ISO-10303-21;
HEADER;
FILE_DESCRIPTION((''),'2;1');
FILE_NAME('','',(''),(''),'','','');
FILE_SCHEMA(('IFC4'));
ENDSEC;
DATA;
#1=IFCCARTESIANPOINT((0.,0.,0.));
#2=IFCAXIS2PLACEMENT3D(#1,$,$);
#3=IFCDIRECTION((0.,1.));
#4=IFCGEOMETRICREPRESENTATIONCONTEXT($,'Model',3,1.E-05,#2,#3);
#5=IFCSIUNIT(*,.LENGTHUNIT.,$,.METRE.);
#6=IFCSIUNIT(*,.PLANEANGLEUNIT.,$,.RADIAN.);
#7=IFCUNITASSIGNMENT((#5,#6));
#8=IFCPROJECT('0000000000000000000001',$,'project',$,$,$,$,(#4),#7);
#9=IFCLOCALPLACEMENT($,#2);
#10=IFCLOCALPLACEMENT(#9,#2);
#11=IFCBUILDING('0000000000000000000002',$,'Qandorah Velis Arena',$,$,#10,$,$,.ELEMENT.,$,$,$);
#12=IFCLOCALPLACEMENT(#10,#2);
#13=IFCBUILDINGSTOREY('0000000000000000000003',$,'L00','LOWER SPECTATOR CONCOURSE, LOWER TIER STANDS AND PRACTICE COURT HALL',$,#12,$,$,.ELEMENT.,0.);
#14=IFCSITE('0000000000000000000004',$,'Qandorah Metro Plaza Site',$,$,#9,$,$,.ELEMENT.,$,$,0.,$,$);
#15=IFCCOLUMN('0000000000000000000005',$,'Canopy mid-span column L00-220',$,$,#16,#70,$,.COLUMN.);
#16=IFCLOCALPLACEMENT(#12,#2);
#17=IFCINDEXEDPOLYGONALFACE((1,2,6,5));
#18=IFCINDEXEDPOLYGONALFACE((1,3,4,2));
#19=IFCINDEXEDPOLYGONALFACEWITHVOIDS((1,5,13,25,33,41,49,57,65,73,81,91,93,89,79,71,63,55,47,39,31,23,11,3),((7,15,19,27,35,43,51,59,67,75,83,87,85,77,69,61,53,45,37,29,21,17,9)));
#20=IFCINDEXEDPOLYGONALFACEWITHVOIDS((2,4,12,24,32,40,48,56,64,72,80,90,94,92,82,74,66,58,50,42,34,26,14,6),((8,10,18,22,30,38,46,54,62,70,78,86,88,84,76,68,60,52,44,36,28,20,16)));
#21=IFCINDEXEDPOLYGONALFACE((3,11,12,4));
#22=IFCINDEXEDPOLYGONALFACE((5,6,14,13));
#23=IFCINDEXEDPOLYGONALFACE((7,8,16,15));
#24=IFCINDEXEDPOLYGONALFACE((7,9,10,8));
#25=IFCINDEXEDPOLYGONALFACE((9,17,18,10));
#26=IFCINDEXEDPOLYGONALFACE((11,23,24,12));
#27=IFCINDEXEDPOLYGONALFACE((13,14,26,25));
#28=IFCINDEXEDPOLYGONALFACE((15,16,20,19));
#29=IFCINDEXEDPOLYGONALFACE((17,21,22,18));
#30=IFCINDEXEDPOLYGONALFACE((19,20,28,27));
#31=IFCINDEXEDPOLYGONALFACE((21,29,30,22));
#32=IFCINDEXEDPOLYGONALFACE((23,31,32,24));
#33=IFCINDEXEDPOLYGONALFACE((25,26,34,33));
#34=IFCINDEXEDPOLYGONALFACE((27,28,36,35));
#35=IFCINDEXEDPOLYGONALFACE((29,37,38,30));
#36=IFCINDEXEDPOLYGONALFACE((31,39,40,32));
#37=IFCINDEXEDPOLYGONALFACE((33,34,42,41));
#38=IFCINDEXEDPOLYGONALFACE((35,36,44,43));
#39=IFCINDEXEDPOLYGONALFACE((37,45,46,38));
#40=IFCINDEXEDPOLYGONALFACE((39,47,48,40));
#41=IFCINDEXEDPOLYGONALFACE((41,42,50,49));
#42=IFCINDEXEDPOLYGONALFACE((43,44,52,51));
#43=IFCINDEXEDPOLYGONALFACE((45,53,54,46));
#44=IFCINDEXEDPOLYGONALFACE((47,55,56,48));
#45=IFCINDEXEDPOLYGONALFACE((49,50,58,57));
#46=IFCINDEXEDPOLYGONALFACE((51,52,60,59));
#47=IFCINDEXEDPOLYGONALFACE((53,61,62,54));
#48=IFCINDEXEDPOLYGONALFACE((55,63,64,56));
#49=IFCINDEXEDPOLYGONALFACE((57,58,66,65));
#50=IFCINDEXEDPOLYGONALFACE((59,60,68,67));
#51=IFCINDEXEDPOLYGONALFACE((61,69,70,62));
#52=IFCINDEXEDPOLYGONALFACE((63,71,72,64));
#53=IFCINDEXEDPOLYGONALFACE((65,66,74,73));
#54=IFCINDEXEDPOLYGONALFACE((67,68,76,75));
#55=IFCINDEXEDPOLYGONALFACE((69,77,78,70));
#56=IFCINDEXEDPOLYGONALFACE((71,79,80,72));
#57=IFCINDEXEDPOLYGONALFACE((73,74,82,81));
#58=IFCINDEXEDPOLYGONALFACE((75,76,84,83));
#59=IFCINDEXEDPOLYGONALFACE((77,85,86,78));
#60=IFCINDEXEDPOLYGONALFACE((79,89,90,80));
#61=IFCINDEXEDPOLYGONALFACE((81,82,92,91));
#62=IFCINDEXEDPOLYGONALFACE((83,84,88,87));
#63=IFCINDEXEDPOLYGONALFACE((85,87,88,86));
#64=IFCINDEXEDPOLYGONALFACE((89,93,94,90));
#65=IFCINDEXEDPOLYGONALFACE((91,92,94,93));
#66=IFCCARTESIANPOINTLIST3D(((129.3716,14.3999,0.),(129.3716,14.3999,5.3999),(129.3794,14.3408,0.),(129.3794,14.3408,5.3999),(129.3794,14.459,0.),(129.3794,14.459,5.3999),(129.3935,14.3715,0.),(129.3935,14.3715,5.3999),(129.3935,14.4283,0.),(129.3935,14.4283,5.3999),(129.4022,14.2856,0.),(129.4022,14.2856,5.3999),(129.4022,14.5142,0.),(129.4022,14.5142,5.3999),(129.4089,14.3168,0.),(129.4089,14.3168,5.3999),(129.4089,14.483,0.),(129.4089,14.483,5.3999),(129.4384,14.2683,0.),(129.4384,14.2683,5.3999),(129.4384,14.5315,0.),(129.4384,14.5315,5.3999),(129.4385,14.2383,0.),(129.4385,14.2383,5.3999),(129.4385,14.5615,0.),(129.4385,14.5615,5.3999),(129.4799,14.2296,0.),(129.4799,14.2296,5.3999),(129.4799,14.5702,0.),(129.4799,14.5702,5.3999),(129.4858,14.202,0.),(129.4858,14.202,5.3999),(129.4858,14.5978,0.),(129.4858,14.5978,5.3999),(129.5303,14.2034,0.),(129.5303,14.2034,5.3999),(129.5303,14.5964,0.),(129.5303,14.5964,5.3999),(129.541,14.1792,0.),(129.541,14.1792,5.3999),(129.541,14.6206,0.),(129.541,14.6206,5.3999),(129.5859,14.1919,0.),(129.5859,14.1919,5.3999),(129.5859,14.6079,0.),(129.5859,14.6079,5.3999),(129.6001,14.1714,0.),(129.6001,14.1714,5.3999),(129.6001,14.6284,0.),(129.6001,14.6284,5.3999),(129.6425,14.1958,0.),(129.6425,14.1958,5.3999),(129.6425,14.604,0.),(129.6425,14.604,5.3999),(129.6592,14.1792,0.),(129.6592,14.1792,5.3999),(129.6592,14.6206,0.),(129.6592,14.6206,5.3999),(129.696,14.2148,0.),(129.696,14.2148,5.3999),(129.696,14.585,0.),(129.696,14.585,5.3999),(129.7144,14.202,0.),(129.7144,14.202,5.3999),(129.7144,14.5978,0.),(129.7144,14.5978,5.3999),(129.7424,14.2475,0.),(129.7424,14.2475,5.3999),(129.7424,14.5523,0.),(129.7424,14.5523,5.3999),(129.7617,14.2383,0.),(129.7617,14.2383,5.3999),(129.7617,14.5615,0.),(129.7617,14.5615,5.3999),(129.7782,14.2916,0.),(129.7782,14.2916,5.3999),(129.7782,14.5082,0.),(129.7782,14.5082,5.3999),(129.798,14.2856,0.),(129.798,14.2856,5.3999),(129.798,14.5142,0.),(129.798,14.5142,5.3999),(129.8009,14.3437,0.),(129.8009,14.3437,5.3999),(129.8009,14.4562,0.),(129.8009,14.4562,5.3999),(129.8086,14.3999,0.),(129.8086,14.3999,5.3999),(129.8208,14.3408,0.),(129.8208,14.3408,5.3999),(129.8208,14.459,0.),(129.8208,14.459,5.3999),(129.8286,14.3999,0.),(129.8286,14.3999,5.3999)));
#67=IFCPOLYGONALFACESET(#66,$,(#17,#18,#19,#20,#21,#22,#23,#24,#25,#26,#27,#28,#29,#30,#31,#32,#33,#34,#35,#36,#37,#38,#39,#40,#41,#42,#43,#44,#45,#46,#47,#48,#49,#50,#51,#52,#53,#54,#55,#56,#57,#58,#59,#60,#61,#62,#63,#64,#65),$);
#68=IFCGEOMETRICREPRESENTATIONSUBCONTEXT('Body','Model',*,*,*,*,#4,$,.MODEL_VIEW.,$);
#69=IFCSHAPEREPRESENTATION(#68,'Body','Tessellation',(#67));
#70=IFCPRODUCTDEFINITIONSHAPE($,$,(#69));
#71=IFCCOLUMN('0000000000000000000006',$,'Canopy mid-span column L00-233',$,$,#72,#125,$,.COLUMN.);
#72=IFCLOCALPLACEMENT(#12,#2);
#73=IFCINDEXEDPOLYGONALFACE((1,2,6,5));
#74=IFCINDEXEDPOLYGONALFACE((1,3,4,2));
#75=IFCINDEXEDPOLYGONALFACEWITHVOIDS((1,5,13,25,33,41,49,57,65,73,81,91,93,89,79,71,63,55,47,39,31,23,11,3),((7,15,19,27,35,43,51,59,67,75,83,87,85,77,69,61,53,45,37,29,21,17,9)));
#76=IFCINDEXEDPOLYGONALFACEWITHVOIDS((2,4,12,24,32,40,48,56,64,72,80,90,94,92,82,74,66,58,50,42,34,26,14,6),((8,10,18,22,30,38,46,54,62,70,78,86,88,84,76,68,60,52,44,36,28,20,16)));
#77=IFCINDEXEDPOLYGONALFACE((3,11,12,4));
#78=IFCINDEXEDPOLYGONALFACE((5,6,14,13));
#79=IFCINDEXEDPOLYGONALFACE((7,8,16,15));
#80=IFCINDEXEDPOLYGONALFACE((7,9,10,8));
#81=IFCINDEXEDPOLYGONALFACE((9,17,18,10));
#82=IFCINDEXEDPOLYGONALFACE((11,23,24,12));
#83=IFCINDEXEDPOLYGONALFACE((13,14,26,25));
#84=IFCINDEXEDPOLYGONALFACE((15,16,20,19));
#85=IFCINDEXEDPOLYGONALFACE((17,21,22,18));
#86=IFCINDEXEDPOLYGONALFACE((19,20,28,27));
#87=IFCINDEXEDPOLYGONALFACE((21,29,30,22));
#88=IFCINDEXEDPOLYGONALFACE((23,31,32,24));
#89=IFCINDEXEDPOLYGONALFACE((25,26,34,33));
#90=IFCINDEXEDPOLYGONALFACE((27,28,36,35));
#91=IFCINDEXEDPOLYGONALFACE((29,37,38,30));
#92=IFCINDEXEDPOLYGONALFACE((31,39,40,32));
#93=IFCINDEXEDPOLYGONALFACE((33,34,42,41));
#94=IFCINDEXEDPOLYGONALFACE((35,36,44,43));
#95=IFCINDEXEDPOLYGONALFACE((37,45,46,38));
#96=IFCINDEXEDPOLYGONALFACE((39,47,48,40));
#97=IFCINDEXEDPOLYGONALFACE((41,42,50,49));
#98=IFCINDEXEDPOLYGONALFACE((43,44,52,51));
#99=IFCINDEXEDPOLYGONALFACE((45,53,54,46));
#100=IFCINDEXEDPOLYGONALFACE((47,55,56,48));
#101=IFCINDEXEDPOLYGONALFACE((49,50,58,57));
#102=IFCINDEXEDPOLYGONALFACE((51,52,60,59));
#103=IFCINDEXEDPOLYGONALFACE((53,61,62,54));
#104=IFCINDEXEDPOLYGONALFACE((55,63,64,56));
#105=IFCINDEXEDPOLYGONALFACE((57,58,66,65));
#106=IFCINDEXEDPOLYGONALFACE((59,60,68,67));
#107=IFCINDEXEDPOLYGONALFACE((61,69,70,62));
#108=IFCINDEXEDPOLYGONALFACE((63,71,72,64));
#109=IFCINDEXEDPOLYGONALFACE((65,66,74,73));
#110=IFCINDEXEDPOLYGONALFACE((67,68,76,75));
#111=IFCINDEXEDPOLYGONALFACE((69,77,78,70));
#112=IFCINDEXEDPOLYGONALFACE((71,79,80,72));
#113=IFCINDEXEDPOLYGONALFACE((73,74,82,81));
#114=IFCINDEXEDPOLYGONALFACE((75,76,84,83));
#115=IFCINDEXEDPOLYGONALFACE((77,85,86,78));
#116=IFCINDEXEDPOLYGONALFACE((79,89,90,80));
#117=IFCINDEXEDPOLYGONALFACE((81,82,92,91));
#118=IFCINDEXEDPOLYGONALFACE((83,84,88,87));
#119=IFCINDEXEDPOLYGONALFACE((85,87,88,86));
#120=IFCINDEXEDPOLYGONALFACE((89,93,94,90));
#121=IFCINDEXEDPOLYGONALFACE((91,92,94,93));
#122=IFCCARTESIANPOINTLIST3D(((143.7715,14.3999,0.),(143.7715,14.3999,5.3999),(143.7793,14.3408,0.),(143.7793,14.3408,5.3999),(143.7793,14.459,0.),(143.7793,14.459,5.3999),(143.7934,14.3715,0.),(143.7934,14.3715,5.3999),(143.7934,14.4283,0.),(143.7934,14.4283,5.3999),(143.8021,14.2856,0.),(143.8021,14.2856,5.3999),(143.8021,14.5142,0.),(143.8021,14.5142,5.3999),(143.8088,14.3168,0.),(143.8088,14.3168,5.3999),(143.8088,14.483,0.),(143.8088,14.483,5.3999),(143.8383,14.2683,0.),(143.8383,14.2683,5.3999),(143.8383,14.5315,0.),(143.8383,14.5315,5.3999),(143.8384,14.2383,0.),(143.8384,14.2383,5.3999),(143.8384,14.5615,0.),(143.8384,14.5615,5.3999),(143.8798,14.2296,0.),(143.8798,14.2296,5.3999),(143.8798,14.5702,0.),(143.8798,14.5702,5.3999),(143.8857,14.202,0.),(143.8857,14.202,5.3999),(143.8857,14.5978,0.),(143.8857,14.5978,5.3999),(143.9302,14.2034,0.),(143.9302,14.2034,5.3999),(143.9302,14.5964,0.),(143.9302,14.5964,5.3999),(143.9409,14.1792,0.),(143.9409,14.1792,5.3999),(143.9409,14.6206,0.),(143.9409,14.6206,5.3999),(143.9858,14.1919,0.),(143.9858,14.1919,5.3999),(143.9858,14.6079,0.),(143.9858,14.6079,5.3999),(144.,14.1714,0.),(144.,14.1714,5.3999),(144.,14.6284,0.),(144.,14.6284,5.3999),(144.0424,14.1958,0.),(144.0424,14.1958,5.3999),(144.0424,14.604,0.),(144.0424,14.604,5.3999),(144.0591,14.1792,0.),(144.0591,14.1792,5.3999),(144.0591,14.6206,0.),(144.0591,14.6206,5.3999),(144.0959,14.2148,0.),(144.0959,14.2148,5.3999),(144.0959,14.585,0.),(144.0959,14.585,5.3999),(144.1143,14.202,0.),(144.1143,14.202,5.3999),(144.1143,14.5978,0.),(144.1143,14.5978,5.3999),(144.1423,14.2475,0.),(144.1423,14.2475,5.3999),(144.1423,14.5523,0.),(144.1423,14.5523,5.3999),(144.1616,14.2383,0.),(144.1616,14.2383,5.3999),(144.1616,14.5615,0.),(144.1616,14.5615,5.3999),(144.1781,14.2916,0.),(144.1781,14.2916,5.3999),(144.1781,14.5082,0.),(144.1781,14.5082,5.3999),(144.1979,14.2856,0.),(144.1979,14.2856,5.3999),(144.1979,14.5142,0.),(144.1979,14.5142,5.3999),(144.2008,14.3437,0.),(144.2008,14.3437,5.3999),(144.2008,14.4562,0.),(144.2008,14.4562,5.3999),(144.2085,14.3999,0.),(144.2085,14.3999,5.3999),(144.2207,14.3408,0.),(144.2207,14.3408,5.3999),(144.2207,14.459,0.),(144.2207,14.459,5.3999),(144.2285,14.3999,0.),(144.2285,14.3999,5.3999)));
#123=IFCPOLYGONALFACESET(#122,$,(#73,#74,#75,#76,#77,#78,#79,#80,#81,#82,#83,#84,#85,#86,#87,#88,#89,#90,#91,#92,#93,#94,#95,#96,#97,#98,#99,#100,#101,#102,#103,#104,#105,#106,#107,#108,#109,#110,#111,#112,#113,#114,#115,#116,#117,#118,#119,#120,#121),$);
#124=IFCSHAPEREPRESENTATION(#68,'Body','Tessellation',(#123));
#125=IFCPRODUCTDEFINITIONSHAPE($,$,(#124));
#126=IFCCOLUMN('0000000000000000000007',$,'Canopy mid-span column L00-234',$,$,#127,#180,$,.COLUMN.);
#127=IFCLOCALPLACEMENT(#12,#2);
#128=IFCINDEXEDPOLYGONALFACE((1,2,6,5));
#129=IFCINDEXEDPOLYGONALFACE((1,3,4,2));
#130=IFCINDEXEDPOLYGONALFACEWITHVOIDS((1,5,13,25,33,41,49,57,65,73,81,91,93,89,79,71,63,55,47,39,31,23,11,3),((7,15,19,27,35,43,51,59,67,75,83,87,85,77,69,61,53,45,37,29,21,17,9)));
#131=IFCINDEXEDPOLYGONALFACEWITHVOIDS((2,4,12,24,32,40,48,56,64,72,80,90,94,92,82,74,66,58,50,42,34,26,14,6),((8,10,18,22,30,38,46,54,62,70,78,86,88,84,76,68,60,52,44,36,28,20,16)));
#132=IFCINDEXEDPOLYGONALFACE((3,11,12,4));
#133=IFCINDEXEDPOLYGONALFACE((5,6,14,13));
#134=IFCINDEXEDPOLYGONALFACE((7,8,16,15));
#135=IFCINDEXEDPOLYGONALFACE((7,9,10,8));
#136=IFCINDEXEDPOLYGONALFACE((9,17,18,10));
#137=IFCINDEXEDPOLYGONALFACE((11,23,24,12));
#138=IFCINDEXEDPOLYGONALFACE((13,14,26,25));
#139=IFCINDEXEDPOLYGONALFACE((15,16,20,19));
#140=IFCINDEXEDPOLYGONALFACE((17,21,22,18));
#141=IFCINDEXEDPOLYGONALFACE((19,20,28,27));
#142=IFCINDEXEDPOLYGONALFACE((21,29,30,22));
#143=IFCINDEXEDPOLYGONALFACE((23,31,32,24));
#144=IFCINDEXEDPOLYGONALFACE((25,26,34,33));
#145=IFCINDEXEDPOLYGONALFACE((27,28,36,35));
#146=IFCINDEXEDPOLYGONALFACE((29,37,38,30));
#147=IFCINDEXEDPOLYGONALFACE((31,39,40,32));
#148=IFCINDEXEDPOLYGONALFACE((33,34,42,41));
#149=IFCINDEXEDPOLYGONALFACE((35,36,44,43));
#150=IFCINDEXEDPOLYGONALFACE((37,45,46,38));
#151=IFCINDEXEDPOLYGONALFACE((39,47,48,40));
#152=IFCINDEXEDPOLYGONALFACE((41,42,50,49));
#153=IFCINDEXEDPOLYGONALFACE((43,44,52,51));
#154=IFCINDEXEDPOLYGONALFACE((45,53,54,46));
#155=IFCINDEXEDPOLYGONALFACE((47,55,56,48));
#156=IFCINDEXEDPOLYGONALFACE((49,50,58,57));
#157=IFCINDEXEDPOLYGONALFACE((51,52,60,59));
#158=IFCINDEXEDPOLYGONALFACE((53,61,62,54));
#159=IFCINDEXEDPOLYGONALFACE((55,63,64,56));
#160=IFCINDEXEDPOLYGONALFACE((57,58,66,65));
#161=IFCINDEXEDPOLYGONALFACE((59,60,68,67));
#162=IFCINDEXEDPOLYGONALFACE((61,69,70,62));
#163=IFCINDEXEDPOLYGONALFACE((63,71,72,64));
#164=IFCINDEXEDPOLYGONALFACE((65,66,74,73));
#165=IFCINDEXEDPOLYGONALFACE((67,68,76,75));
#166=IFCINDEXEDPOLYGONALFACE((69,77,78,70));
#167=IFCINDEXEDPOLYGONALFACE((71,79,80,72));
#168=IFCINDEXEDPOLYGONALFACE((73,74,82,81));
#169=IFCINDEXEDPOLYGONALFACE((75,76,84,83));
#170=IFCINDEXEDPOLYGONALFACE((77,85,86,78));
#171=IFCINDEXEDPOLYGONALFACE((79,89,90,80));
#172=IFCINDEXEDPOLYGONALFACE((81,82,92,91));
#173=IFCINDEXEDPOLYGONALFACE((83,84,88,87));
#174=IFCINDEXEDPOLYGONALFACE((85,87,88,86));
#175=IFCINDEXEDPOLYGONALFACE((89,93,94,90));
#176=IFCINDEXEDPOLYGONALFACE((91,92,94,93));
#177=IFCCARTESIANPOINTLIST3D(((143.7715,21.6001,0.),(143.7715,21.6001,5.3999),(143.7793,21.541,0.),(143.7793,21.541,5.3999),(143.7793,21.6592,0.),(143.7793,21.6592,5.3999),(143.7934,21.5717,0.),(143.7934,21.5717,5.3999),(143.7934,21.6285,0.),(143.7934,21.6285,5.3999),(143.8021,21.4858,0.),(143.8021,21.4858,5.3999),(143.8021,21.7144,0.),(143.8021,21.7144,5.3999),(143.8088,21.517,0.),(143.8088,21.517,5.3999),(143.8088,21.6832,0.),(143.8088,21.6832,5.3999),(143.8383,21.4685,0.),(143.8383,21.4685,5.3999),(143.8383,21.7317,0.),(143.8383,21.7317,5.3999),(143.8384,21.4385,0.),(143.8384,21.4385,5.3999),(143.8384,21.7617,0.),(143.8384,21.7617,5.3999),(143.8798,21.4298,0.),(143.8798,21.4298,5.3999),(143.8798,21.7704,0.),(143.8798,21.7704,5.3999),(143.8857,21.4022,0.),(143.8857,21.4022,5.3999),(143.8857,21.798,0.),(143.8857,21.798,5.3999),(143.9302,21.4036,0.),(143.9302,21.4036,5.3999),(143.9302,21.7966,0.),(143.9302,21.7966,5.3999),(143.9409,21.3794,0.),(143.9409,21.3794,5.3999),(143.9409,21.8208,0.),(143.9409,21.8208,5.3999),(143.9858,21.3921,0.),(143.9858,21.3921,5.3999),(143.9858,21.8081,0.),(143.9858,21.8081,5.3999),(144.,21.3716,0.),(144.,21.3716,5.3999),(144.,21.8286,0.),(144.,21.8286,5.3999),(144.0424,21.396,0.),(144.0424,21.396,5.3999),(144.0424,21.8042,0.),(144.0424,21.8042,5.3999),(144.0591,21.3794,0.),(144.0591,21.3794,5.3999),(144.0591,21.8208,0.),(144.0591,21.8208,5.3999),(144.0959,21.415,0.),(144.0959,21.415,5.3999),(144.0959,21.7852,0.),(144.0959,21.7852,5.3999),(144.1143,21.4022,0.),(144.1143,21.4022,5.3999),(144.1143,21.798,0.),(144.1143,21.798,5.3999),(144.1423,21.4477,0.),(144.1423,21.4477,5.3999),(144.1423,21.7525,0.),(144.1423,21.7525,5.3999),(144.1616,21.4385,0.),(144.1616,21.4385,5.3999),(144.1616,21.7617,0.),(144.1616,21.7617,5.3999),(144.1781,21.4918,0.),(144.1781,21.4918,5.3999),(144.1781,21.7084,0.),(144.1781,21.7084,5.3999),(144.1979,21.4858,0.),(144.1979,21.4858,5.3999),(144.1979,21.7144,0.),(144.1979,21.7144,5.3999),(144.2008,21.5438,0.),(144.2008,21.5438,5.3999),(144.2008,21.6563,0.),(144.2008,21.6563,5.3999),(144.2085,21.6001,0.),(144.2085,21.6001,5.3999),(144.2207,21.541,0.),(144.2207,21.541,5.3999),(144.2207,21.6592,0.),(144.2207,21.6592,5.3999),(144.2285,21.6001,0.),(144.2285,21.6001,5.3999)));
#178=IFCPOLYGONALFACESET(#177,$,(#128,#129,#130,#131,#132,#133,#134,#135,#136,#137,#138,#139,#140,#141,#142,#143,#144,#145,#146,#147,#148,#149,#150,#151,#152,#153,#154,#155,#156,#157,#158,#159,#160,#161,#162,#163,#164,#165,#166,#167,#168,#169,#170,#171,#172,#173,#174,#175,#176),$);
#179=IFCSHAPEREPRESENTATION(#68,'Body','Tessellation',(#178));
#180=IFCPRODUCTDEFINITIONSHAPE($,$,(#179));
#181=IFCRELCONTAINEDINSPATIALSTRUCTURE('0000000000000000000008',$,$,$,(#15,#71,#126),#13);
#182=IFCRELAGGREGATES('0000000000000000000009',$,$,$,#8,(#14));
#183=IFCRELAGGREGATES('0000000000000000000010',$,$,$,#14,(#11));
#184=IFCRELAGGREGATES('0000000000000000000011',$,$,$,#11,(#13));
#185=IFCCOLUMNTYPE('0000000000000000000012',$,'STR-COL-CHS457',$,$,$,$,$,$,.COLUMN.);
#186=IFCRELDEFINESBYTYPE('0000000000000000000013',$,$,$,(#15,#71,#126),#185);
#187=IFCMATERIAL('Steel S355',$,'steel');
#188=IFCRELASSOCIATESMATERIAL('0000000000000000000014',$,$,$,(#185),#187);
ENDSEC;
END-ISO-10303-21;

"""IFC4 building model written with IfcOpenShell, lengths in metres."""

from ifc_helpers import new_model, si_unit, direction, frame, origin, origin_2d, place, context, subcontext, project, spatial, hollow_circle, extrude, material, material_profile, profile_set, type_object, element, save


model = new_model("IFC4")

# Units and contexts
model_context = context("Model", 3, precision=1e-05, world=origin(), true_north=direction((0.0, 1.0)))
body_context = subcontext(model_context, "Body", "Model", "MODEL_VIEW")
ifc_project = project(units=[si_unit("LENGTHUNIT", "METRE"), si_unit("PLANEANGLEUNIT", "RADIAN")], contexts=[model_context])

# Site, building, storey
site_placement = place(None, origin())
site = spatial("IfcSite", under=ifc_project, at=site_placement, Name="Qandorah Metro Plaza Site", CompositionType="ELEMENT", RefElevation=0.0)
building_placement = place(site_placement, origin())
building = spatial("IfcBuilding", under=site, at=building_placement, Name="Qandorah Velis Arena", CompositionType="ELEMENT")
storey_placement = place(building_placement, origin())
storey = spatial("IfcBuildingStorey", under=building, at=storey_placement, Name="L00", Description="LOWER SPECTATOR CONCOURSE, LOWER TIER STANDS AND PRACTICE COURT HALL", CompositionType="ELEMENT", Elevation=0.0)

# Columns
ifc_material_1 = material(Name="Steel S355", Category="steel")
ifc_material_profile_1 = material_profile(ifc_material_1, hollow_circle(Radius=0.2285, WallThickness=0.02, at=origin_2d()), Name="CHS 457x20")
ifc_profile_set_1 = profile_set([ifc_material_profile_1], Name="Steel S355")
column_type = type_object("IfcColumnType", Name="STR-COL-CHS457", PredefinedType="COLUMN", material=ifc_profile_set_1)
for number, where, z_axis, x_axis, name in (
    (1, (129.6001, 14.3999, 0.0), (0.0, 0.0, 1.0), (1.0, 0.0, 0.0), "Canopy mid-span column L00-220"),
    (2, (144.0, 14.3999, 0.0), (0.0, 0.0, 1.0), (1.0, 0.0, 0.0), "Canopy mid-span column L00-233"),
    (3, (144.0, 21.6001, 0.0), (0.0, 0.0, 1.0), (1.0, 0.0, 0.0), "Canopy mid-span column L00-234"),
):
    element("IfcColumn", number, at=place(storey_placement, frame(where, z_axis=z_axis, x_axis=x_axis)), inside=storey, type_object=column_type, Name=name, PredefinedType="COLUMN", context=body_context, shape_type="SweptSolid", body=[
        extrude(hollow_circle(Radius=0.2285, WallThickness=0.02, at=origin_2d()), origin(), (0.0, 0.0, 1.0), 5.3999),
    ])

save(model, "model.ifc")
